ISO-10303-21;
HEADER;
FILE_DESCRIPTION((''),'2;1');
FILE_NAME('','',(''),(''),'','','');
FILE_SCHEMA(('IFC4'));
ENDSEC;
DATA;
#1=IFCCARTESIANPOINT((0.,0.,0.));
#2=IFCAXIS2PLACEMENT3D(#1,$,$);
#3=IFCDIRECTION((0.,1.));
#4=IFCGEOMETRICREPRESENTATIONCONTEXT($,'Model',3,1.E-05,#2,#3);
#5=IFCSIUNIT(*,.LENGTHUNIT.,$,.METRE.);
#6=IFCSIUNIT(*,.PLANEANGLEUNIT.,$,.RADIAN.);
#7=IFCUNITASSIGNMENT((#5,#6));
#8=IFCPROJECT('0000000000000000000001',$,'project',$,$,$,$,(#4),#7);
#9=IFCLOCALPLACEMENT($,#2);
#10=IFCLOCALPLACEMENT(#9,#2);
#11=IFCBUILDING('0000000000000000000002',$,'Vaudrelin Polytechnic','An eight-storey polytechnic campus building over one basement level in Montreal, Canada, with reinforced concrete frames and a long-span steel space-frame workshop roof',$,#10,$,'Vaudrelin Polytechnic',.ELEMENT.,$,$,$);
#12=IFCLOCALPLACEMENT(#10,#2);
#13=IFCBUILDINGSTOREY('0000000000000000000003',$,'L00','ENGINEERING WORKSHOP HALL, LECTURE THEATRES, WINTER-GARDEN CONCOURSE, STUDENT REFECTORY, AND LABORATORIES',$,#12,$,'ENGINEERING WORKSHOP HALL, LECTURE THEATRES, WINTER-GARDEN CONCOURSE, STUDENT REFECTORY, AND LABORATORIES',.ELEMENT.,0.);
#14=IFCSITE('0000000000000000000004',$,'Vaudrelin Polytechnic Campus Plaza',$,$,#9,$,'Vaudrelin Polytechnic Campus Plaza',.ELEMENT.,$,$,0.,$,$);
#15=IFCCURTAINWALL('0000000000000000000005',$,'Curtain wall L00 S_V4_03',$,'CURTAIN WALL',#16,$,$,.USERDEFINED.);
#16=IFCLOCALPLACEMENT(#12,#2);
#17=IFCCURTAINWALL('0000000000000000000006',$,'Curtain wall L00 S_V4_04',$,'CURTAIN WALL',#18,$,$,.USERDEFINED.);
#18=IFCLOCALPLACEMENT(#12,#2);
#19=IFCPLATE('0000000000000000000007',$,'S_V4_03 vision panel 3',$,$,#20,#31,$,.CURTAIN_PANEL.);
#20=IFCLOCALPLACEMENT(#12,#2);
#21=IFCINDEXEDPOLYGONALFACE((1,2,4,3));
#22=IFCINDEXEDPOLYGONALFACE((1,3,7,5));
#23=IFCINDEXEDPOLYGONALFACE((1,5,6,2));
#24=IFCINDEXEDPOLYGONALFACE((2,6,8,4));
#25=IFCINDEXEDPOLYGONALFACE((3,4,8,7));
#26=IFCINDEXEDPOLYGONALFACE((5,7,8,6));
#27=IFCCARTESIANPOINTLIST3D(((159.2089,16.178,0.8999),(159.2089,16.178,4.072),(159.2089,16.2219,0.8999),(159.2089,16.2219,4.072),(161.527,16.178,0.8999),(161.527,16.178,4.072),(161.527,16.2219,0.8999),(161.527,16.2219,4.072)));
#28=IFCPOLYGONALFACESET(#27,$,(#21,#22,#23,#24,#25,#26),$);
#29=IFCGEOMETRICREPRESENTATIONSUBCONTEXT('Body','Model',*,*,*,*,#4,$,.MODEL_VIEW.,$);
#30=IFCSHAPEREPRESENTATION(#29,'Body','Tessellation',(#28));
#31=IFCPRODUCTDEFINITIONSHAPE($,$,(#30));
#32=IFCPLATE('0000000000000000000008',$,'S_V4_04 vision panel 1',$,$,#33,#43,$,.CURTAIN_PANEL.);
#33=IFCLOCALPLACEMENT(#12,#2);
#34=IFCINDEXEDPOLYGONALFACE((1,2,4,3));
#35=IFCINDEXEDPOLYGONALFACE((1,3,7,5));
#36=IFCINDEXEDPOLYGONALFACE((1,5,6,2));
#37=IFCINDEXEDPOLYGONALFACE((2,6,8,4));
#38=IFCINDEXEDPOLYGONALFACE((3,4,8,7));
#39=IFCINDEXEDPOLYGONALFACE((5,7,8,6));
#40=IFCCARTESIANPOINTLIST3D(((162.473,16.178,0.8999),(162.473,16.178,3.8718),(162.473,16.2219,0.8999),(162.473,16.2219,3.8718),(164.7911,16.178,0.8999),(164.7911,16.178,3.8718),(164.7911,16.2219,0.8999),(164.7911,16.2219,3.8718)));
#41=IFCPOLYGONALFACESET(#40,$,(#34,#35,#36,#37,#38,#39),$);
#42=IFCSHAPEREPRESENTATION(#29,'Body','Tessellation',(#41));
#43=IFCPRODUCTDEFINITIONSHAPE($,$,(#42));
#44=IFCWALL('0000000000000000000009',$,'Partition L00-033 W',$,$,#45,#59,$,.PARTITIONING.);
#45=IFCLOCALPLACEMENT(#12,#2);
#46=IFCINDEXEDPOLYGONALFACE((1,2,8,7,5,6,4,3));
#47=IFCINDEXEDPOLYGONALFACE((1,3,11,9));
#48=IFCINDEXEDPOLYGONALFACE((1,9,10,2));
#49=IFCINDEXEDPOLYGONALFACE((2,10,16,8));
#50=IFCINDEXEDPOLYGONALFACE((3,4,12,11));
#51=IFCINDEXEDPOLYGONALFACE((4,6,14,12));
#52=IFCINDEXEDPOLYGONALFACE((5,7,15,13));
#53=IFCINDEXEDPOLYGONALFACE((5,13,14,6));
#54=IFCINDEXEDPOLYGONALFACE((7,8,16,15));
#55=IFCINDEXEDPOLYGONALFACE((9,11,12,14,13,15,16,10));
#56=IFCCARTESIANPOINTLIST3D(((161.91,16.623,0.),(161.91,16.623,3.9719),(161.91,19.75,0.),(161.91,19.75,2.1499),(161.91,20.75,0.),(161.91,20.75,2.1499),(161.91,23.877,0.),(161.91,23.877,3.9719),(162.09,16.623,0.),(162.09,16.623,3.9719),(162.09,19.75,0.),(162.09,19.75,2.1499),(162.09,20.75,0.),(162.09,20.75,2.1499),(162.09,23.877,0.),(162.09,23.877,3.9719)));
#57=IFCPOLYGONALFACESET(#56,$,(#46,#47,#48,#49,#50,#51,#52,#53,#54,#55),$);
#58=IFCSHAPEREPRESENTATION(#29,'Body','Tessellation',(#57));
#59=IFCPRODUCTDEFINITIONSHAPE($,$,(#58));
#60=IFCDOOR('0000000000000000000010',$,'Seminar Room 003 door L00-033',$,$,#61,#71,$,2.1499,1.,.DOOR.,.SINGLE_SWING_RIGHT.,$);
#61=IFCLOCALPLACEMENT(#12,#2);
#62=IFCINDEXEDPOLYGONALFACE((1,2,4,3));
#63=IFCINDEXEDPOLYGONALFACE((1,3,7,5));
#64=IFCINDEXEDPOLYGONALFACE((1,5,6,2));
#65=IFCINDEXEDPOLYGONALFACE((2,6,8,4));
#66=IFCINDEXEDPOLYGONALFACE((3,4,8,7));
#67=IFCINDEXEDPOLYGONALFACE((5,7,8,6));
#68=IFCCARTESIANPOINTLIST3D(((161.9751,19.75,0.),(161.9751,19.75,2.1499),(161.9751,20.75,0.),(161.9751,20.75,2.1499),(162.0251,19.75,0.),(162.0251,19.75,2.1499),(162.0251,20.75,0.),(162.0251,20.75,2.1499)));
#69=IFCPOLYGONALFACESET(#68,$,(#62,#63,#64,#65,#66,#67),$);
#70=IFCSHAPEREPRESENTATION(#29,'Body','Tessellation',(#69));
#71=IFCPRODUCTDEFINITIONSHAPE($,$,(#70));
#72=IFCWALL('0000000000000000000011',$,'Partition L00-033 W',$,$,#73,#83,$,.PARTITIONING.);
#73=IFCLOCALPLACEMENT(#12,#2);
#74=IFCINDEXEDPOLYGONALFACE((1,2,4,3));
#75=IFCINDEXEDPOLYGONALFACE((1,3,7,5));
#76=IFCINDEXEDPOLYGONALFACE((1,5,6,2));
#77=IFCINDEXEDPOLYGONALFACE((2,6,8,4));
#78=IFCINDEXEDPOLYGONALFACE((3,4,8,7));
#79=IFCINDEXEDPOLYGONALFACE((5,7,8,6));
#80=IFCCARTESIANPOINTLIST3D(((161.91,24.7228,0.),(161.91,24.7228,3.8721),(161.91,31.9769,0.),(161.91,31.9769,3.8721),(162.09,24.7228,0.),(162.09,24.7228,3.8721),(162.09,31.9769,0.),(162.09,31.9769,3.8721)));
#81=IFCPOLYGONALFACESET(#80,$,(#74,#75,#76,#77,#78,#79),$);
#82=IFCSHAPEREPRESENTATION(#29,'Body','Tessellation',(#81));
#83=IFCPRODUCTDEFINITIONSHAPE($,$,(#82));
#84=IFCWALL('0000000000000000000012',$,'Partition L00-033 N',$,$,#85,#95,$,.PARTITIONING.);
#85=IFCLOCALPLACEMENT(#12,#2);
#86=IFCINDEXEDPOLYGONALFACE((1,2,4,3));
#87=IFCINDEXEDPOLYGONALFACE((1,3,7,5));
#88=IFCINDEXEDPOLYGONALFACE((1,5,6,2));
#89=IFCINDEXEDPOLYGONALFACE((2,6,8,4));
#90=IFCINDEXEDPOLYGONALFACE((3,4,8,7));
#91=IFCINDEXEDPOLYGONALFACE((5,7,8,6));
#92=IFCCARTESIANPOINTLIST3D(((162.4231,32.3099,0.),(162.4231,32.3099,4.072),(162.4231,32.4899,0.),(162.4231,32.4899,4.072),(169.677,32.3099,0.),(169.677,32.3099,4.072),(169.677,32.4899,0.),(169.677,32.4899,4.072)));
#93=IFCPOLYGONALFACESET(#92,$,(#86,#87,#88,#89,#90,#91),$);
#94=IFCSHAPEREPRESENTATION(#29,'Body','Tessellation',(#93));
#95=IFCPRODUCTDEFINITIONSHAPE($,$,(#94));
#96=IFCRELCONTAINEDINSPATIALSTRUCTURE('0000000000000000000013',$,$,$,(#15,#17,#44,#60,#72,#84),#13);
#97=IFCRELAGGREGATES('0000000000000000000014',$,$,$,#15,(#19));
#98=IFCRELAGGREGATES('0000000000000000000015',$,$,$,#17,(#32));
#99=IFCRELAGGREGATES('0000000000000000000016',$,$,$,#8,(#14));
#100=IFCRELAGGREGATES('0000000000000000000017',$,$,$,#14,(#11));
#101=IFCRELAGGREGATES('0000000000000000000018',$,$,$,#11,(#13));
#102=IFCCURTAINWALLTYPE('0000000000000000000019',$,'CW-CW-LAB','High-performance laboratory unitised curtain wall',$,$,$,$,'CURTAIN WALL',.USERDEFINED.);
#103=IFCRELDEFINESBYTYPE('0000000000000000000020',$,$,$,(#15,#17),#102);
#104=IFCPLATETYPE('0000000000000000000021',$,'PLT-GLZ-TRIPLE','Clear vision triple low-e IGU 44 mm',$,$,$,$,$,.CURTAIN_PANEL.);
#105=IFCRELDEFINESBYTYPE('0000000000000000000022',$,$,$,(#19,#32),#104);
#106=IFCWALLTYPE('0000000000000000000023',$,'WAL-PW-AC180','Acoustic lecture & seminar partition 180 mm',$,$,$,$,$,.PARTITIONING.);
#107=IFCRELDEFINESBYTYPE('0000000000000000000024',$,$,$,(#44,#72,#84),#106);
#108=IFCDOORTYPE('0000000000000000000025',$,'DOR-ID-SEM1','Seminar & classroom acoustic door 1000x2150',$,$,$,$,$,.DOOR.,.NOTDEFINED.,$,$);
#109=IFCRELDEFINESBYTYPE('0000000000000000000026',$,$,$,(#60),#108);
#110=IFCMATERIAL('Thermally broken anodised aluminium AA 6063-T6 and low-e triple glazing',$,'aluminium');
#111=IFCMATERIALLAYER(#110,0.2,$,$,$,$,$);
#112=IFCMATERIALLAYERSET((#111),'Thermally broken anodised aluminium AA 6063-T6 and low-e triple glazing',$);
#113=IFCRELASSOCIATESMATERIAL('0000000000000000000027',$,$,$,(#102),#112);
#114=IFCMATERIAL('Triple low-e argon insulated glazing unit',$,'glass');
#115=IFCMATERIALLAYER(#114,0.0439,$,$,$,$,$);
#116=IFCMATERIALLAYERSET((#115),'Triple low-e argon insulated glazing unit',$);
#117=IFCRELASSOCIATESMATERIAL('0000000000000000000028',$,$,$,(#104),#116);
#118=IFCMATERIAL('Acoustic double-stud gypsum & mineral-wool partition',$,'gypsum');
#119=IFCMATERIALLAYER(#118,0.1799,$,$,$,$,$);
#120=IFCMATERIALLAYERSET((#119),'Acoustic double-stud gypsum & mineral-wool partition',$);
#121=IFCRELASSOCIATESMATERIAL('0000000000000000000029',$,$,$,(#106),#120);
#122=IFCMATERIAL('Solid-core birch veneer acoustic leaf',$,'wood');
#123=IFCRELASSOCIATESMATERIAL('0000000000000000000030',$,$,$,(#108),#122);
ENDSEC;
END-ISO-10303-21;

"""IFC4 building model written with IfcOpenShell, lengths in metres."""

from ifc_helpers import new_model, si_unit, direction, frame, frame_2d, origin, origin_2d, place, context, subcontext, project, spatial, rectangle, extrude, material, layer, layer_set, type_object, element, fill, aggregate, save


model = new_model("IFC4")

# Units and contexts
model_context = context("Model", 3, precision=1e-05, world=origin(), true_north=direction((0.0, 1.0)))
body_context = subcontext(model_context, "Body", "Model", "MODEL_VIEW")
ifc_project = project(units=[si_unit("LENGTHUNIT", "METRE"), si_unit("PLANEANGLEUNIT", "RADIAN")], contexts=[model_context])

# Site, building, storey
site_placement = place(None, origin())
site = spatial("IfcSite", under=ifc_project, at=site_placement, Name="Vaudrelin Polytechnic Campus Plaza", LongName="Vaudrelin Polytechnic Campus Plaza", CompositionType="ELEMENT", RefElevation=0.0)
building_placement = place(site_placement, origin())
building = spatial("IfcBuilding", under=site, at=building_placement, Name="Vaudrelin Polytechnic", Description="An eight-storey polytechnic campus building over one basement level in Montreal, Canada, with reinforced concrete frames and a long-span steel space-frame workshop roof", LongName="Vaudrelin Polytechnic", CompositionType="ELEMENT")
storey_placement = place(building_placement, origin())
storey = spatial("IfcBuildingStorey", under=building, at=storey_placement, Name="L00", Description="ENGINEERING WORKSHOP HALL, LECTURE THEATRES, WINTER-GARDEN CONCOURSE, STUDENT REFECTORY, AND LABORATORIES", LongName="ENGINEERING WORKSHOP HALL, LECTURE THEATRES, WINTER-GARDEN CONCOURSE, STUDENT REFECTORY, AND LABORATORIES", CompositionType="ELEMENT", Elevation=0.0)

# Curtain walls
ifc_material_1 = material(Name="Thermally broken anodised aluminium AA 6063-T6 and low-e triple glazing", Category="aluminium")
ifc_layer_1 = layer(ifc_material_1, 0.2)
ifc_layer_set_1 = layer_set([ifc_layer_1], Name="Thermally broken anodised aluminium AA 6063-T6 and low-e triple glazing")
curtain_wall_type = type_object("IfcCurtainWallType", Name="CW-CW-LAB", Description="High-performance laboratory unitised curtain wall", ElementType="CURTAIN WALL", PredefinedType="USERDEFINED", material=ifc_layer_set_1)
curtain_wall_1_placement = place(storey_placement, origin())
curtain_wall_1 = element("IfcCurtainWall", 1, at=curtain_wall_1_placement, inside=storey, type_object=curtain_wall_type, Name="Curtain wall L00 S_V4_03", ObjectType="CURTAIN WALL", PredefinedType="USERDEFINED")
curtain_wall_2_placement = place(storey_placement, origin())
curtain_wall_2 = element("IfcCurtainWall", 2, at=curtain_wall_2_placement, inside=storey, type_object=curtain_wall_type, Name="Curtain wall L00 S_V4_04", ObjectType="CURTAIN WALL", PredefinedType="USERDEFINED")

# Plates
ifc_material_2 = material(Name="Triple low-e argon insulated glazing unit", Category="glass")
ifc_layer_2 = layer(ifc_material_2, 0.0439)
ifc_layer_set_2 = layer_set([ifc_layer_2], Name="Triple low-e argon insulated glazing unit")
plate_type_1 = type_object("IfcPlateType", Name="PLT-GLZ-TRIPLE", Description="Clear vision triple low-e IGU 44 mm", PredefinedType="CURTAIN_PANEL", material=ifc_layer_set_2)
plate_1_placement = place(storey_placement, frame((160.3679, 16.2, 0.8999), z_axis=(0.0, 0.0, 1.0), x_axis=(1.0, 0.0, 0.0)))
plate_1 = element("IfcPlate", 3, at=plate_1_placement, type_object=plate_type_1, Name="S_V4_03 vision panel 3", PredefinedType="CURTAIN_PANEL", context=body_context, shape_type="SweptSolid", body=[
    extrude(rectangle(XDim=2.3181, YDim=0.0439, at=origin_2d()), origin(), (0.0, 0.0, 1.0), 3.1721),
])
aggregate(curtain_wall_1, [plate_1])
plate_2_placement = place(storey_placement, frame((163.6321, 16.2, 0.8999), z_axis=(0.0, 0.0, 1.0), x_axis=(1.0, 0.0, 0.0)))
plate_2 = element("IfcPlate", 4, at=plate_2_placement, type_object=plate_type_1, Name="S_V4_04 vision panel 1", PredefinedType="CURTAIN_PANEL", context=body_context, shape_type="SweptSolid", body=[
    extrude(rectangle(XDim=2.3181, YDim=0.0439, at=origin_2d()), origin(), (0.0, 0.0, 1.0), 2.9719),
])
aggregate(curtain_wall_2, [plate_2])

# Wall, opening, door
ifc_material_3 = material(Name="Acoustic double-stud gypsum & mineral-wool partition", Category="gypsum")
ifc_layer_3 = layer(ifc_material_3, 0.1799)
ifc_layer_set_3 = layer_set([ifc_layer_3], Name="Acoustic double-stud gypsum & mineral-wool partition")
wall_type = type_object("IfcWallType", Name="WAL-PW-AC180", Description="Acoustic lecture & seminar partition 180 mm", PredefinedType="PARTITIONING", material=ifc_layer_set_3)
wall_1_placement = place(storey_placement, frame((162.0, 16.623, 0.0), z_axis=(0.0, 0.0, 1.0), x_axis=(0.0, 1.0, 0.0)))
wall_1 = element("IfcWall", 5, at=wall_1_placement, inside=storey, type_object=wall_type, Name="Partition L00-033 W", PredefinedType="PARTITIONING", context=body_context, shape_type="SweptSolid", body=[
    extrude(rectangle(XDim=7.2539, YDim=0.1799, at=frame_2d((3.627, 0.0))), origin(), (0.0, 0.0, 1.0), 3.9719),
])
opening_placement = place(wall_1_placement, frame((3.127, 0.0, 0.0)))
opening = element("IfcOpeningElement", 6, at=opening_placement, cuts=wall_1, PredefinedType="OPENING", context=body_context, shape_type="SweptSolid", body=[
    extrude(rectangle(XDim=1.0, YDim=2.1499, at=frame_2d((0.5, 1.075))), frame((0.0, 0.1001, 0.0), z_axis=(0.0, -1.0, 0.0), x_axis=(1.0, 0.0, 0.0)), (0.0, 0.0, 1.0), 0.2),
])
ifc_material_4 = material(Name="Solid-core birch veneer acoustic leaf", Category="wood")
door_type = type_object("IfcDoorType", Name="DOR-ID-SEM1", Description="Seminar & classroom acoustic door 1000x2150", OperationType="NOTDEFINED", PredefinedType="DOOR", material=ifc_material_4)
door_placement = place(opening_placement, origin())
door = element("IfcDoor", 7, at=door_placement, inside=storey, type_object=door_type, Name="Seminar Room 003 door L00-033", OperationType="SINGLE_SWING_RIGHT", OverallHeight=2.1499, OverallWidth=1.0, PredefinedType="DOOR", context=body_context, shape_type="SweptSolid", body=[
    extrude(rectangle(XDim=1.0, YDim=2.1499, at=frame_2d((0.5, 1.075))), frame((0.0, 0.0249, 0.0), z_axis=(0.0, -1.0, 0.0), x_axis=(1.0, 0.0, 0.0)), (0.0, 0.0, 1.0), 0.05),
])
fill(opening, door)

# Walls
wall_2_placement = place(storey_placement, frame((162.0, 24.7229, 0.0), z_axis=(0.0, 0.0, 1.0), x_axis=(0.0, 1.0, 0.0)))
element("IfcWall", 8, at=wall_2_placement, inside=storey, type_object=wall_type, Name="Partition L00-033 W", PredefinedType="PARTITIONING", context=body_context, shape_type="SweptSolid", body=[
    extrude(rectangle(XDim=7.2542, YDim=0.1799, at=frame_2d((3.627, 0.0))), origin(), (0.0, 0.0, 1.0), 3.8721),
])
wall_3_placement = place(storey_placement, frame((162.4231, 32.3999, 0.0), z_axis=(0.0, 0.0, 1.0), x_axis=(1.0, 0.0, 0.0)))
element("IfcWall", 9, at=wall_3_placement, inside=storey, type_object=wall_type, Name="Partition L00-033 N", PredefinedType="PARTITIONING", context=body_context, shape_type="SweptSolid", body=[
    extrude(rectangle(XDim=7.2539, YDim=0.1799, at=frame_2d((3.627, 0.0))), origin(), (0.0, 0.0, 1.0), 4.072),
])

save(model, "model.ifc")
